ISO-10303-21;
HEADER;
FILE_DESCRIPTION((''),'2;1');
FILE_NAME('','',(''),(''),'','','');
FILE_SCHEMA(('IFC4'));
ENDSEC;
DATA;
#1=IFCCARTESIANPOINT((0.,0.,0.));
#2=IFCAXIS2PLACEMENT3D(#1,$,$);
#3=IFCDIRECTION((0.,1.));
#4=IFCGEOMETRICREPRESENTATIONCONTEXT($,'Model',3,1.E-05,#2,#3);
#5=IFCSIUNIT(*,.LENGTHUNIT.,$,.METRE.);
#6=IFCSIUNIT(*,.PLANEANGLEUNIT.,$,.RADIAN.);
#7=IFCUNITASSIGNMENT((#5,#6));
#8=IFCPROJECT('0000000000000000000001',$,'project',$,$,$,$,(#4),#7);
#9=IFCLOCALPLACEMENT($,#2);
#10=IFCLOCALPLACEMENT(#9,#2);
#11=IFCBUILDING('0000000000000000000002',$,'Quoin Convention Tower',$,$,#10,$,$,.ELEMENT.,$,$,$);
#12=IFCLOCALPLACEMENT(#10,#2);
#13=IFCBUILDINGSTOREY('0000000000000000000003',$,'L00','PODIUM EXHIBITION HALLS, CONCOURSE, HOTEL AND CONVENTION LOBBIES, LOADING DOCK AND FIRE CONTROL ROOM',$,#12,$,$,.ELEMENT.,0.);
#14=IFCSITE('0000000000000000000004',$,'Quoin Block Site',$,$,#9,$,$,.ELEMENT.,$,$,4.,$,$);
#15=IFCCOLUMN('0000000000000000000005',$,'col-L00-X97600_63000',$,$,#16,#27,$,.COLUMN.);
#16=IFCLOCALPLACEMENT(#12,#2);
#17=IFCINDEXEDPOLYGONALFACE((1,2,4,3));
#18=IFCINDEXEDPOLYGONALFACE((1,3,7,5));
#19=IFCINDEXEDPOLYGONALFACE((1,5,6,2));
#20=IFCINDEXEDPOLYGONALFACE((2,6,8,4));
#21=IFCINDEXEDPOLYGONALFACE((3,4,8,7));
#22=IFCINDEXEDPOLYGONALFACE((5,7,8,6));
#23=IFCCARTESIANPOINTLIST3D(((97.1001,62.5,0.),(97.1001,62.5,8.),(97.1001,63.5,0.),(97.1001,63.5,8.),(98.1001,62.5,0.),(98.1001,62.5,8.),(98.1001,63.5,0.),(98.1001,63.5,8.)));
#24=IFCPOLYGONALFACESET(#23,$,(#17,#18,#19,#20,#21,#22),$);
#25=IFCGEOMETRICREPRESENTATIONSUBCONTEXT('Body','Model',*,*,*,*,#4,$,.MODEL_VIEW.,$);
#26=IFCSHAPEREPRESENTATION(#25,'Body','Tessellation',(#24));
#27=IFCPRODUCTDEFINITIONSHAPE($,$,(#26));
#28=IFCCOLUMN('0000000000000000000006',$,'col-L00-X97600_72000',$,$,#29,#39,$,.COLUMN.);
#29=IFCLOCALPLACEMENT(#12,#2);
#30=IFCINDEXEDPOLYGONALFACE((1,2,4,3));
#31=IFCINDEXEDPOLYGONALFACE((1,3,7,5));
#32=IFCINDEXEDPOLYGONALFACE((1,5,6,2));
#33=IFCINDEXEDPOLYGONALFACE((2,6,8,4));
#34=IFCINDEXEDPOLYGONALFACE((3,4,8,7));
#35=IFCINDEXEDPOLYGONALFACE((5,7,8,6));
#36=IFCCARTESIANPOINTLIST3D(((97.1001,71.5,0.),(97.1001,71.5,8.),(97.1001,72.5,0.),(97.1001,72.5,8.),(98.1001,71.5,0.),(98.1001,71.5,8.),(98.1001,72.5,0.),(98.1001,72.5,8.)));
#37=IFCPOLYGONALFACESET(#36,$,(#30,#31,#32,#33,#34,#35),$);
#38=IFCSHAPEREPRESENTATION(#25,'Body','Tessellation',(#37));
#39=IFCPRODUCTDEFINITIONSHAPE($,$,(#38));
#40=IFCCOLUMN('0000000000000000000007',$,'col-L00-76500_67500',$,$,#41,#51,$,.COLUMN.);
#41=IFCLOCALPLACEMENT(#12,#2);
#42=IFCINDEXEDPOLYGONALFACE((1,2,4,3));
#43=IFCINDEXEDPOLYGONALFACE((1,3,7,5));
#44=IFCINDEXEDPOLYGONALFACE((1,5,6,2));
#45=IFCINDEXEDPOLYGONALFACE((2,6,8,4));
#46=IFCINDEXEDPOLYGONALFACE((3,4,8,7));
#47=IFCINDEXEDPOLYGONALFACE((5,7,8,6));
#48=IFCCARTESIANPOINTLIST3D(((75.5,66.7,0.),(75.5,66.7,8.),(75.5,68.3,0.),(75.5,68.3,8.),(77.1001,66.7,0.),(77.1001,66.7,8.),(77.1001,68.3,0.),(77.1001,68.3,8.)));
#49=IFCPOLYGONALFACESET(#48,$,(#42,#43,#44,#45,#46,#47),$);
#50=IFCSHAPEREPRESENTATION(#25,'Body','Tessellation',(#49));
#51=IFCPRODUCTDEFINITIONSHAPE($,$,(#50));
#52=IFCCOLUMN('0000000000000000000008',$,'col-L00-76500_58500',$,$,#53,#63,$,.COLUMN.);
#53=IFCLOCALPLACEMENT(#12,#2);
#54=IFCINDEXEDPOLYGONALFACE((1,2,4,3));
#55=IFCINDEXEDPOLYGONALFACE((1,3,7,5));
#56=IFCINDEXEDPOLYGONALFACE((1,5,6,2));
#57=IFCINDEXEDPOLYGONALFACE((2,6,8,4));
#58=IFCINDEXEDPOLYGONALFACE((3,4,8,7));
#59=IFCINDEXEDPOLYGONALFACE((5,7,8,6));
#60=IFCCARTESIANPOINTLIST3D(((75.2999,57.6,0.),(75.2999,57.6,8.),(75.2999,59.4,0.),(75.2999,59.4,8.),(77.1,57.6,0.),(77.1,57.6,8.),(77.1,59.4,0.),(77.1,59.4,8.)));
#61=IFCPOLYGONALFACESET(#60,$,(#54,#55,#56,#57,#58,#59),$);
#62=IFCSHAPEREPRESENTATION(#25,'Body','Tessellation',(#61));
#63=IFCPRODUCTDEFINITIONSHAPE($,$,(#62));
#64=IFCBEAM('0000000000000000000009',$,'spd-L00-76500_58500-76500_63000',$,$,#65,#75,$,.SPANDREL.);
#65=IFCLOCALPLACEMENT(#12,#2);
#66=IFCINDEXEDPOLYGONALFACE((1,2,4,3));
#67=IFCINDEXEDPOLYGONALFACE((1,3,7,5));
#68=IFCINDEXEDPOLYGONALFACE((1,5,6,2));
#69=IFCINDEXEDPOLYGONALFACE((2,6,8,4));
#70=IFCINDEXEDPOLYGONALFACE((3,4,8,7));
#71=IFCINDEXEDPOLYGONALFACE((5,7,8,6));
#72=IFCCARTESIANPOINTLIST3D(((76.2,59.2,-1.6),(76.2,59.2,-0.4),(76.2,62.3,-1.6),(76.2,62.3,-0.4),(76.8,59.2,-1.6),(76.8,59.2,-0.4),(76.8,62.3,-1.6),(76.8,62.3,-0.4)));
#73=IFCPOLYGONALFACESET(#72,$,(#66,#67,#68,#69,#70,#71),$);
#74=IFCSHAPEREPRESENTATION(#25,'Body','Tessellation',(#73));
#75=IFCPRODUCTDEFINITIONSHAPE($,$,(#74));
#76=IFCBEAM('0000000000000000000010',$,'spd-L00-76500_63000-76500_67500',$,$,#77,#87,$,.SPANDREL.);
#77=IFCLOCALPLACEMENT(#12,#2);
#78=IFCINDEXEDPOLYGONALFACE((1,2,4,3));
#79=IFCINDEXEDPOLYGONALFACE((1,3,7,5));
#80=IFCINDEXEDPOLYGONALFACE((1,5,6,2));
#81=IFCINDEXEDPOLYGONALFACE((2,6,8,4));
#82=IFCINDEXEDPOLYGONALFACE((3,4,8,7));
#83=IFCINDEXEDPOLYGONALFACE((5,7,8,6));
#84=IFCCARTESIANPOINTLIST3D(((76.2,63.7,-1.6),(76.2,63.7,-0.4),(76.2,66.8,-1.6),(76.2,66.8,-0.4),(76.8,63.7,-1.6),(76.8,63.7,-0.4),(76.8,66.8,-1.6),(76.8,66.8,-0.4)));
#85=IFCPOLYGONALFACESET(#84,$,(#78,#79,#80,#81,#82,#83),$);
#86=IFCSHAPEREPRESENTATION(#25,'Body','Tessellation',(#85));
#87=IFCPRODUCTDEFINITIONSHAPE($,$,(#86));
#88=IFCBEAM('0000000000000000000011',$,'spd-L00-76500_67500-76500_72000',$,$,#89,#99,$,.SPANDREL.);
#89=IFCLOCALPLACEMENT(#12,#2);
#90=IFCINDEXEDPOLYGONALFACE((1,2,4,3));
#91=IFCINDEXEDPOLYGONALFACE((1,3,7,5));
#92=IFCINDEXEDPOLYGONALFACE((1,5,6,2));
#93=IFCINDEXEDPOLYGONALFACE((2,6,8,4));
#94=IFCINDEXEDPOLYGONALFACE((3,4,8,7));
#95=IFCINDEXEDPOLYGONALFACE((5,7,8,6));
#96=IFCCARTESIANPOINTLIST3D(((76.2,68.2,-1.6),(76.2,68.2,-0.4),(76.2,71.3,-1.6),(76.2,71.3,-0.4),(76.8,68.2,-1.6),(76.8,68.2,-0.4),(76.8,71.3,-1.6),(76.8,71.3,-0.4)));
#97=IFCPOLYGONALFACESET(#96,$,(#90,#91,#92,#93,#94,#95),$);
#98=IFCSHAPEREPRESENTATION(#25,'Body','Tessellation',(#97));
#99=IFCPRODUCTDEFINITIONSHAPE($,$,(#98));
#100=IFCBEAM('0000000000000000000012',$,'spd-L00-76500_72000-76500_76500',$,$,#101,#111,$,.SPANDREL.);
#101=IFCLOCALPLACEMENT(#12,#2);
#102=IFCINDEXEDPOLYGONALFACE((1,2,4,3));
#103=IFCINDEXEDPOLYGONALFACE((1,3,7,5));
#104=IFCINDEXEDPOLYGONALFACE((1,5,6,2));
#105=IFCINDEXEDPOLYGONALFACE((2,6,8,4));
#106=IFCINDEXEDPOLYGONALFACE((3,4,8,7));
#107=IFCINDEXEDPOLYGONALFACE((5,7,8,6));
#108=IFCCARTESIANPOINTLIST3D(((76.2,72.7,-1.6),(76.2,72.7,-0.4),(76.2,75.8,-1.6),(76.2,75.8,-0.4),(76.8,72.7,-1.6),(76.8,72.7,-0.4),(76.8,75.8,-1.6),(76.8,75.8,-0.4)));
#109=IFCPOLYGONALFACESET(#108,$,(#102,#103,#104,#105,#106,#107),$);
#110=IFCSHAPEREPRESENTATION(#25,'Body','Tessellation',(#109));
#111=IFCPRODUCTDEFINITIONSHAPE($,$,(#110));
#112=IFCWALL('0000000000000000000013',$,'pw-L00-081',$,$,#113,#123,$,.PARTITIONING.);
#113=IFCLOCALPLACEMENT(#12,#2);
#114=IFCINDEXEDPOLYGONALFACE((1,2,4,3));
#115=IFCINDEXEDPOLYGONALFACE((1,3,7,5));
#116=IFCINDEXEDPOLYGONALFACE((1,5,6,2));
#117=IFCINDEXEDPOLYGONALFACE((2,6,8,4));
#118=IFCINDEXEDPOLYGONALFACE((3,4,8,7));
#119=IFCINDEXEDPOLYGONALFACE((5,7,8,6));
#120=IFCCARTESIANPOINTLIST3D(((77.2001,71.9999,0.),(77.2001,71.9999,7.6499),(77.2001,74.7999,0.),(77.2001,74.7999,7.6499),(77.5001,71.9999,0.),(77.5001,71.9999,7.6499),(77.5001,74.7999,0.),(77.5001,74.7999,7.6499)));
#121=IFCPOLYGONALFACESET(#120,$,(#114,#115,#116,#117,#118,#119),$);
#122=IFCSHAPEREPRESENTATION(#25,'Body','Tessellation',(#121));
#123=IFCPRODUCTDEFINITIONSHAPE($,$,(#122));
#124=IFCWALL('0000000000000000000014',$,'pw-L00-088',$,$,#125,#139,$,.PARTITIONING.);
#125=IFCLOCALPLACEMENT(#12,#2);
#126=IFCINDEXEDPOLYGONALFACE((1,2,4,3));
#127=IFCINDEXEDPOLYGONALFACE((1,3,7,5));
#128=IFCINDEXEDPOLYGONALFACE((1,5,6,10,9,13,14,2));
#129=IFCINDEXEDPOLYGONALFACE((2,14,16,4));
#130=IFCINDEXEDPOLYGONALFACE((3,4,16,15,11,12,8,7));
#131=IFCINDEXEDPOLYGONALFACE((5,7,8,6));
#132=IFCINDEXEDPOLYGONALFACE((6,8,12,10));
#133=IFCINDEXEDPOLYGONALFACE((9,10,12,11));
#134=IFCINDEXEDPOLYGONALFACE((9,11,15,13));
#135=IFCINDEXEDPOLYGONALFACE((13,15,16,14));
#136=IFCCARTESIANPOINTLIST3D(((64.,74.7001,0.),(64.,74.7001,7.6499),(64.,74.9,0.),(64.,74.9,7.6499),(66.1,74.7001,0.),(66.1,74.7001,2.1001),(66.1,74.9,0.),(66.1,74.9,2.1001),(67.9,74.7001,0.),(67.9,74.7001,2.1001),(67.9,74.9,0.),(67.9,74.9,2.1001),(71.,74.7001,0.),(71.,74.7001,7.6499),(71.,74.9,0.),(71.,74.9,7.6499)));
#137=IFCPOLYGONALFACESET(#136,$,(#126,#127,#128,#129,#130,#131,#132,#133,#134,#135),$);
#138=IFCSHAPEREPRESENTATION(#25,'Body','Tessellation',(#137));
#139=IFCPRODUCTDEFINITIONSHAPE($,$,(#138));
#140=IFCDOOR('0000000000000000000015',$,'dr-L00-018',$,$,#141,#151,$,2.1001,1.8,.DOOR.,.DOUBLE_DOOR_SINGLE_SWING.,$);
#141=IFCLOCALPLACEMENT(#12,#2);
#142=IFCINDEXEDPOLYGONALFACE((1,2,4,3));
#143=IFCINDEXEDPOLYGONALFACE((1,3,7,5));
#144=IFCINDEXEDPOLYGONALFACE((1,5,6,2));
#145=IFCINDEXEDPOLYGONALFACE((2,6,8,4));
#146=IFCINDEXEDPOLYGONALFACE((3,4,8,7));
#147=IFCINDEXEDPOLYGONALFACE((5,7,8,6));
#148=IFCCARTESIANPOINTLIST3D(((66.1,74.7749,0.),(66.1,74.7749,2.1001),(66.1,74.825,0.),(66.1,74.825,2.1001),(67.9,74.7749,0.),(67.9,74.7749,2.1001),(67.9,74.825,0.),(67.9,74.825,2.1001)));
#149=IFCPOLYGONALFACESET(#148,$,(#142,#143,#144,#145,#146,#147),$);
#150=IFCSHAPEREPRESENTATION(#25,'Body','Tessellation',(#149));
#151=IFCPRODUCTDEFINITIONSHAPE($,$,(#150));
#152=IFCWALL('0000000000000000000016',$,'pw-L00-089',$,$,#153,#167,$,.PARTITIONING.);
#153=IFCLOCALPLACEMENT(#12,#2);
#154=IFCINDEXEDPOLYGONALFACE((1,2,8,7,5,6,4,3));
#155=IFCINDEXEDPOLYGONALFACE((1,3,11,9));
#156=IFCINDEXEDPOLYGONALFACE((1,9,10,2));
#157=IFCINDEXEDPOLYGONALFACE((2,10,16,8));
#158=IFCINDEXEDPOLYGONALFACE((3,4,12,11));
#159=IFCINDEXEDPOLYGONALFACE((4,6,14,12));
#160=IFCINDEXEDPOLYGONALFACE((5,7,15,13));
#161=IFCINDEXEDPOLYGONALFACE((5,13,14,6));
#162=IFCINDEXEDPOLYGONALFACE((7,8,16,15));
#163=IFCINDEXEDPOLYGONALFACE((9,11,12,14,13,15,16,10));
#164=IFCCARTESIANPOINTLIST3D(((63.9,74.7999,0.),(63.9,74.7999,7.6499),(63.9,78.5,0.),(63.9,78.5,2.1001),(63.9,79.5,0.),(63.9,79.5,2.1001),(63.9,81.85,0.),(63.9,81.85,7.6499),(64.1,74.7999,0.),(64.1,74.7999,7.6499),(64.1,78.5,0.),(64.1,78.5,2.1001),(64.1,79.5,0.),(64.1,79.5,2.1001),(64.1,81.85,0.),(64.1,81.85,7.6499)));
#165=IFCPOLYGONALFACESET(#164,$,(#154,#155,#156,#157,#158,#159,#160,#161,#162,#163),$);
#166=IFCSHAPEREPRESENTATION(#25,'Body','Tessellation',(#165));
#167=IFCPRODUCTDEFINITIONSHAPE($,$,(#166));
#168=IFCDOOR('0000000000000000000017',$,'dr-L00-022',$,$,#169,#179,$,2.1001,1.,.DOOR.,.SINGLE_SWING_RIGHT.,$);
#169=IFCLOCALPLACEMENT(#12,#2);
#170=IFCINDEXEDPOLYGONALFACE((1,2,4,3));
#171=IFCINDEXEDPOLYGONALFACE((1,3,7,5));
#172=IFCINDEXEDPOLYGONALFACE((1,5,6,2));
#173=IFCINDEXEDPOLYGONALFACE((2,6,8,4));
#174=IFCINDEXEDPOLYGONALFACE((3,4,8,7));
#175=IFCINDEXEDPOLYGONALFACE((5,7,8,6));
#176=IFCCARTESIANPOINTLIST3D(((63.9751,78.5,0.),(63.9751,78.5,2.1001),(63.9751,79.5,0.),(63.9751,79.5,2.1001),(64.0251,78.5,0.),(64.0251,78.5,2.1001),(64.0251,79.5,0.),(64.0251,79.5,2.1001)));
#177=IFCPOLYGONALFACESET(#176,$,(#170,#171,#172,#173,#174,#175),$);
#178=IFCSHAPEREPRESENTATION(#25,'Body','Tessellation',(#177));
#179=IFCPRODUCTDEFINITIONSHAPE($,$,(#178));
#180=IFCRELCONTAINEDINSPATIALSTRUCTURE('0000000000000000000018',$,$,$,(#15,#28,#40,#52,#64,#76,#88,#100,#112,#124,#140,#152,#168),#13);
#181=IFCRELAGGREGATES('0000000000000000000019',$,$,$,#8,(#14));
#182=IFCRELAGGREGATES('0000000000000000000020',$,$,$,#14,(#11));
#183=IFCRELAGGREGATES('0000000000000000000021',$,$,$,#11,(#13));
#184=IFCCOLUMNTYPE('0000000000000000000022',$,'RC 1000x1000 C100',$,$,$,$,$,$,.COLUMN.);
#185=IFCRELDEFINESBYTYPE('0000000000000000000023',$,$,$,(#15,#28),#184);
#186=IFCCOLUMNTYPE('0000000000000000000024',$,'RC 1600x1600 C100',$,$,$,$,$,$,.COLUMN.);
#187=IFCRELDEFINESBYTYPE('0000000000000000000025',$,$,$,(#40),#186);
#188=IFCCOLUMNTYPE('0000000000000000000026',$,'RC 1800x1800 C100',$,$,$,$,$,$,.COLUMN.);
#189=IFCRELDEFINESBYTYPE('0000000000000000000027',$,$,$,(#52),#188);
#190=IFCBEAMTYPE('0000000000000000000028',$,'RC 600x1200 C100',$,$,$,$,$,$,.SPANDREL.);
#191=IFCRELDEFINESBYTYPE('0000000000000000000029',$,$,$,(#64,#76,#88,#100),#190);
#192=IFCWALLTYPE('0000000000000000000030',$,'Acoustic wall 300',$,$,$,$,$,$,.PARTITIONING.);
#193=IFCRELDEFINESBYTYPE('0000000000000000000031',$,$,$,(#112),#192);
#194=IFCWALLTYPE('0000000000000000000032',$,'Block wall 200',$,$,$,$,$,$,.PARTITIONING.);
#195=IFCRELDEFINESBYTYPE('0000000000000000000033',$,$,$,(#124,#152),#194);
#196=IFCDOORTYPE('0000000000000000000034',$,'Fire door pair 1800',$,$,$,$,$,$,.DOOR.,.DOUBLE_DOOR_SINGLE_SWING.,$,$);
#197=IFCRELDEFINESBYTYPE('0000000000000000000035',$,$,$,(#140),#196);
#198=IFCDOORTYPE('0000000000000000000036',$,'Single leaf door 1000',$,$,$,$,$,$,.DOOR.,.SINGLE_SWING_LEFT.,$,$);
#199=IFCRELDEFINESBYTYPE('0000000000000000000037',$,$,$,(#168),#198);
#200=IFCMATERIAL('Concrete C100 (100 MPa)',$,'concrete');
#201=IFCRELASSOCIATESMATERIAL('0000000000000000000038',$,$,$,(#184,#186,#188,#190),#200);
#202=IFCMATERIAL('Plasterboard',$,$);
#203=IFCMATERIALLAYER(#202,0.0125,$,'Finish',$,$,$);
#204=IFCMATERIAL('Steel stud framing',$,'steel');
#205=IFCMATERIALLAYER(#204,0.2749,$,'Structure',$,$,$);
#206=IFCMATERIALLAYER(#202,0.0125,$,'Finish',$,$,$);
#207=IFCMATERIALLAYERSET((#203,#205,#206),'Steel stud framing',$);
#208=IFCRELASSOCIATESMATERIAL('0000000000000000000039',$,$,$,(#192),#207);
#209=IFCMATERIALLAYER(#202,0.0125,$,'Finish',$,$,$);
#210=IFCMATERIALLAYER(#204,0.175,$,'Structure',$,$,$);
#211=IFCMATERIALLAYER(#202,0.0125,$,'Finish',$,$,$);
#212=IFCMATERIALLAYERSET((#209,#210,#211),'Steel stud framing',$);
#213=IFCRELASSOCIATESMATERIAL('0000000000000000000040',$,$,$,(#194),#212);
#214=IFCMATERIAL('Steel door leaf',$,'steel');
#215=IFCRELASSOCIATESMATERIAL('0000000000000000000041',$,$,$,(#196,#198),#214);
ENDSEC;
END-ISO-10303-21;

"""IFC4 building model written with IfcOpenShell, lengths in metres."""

from ifc_helpers import new_model, si_unit, direction, frame, frame_2d, origin, origin_2d, place, context, subcontext, project, spatial, rectangle, extrude, material, layer, layer_set, material_profile, profile_set, type_object, element, fill, save


model = new_model("IFC4")

# Units and contexts
model_context = context("Model", 3, precision=1e-05, world=origin(), true_north=direction((0.0, 1.0)))
body_context = subcontext(model_context, "Body", "Model", "MODEL_VIEW")
ifc_project = project(units=[si_unit("LENGTHUNIT", "METRE"), si_unit("PLANEANGLEUNIT", "RADIAN")], contexts=[model_context])

# Site, building, storey
site_placement = place(None, origin())
site = spatial("IfcSite", under=ifc_project, at=site_placement, Name="Quoin Block Site", CompositionType="ELEMENT", RefElevation=4.0)
building_placement = place(site_placement, origin())
building = spatial("IfcBuilding", under=site, at=building_placement, Name="Quoin Convention Tower", CompositionType="ELEMENT")
storey_placement = place(building_placement, origin())
storey = spatial("IfcBuildingStorey", under=building, at=storey_placement, Name="L00", Description="PODIUM EXHIBITION HALLS, CONCOURSE, HOTEL AND CONVENTION LOBBIES, LOADING DOCK AND FIRE CONTROL ROOM", CompositionType="ELEMENT", Elevation=0.0)

# Columns
ifc_material_1 = material(Name="Concrete C100 (100 MPa)", Category="concrete")
ifc_material_profile_1 = material_profile(ifc_material_1, rectangle(XDim=1.0, YDim=1.0, at=origin_2d()), Name="RC 1000x1000")
ifc_profile_set_1 = profile_set([ifc_material_profile_1], Name="Concrete C100 (100 MPa)")
column_type_1 = type_object("IfcColumnType", Name="RC 1000x1000 C100", PredefinedType="COLUMN", material=ifc_profile_set_1)
for number, where, z_axis, x_axis, name in (
    (1, (97.6001, 63.0, 0.0), (0.0, 0.0, 1.0), (1.0, 0.0, 0.0), "col-L00-X97600_63000"),
    (2, (97.6001, 72.0, 0.0), (0.0, 0.0, 1.0), (1.0, 0.0, 0.0), "col-L00-X97600_72000"),
):
    element("IfcColumn", number, at=place(storey_placement, frame(where, z_axis=z_axis, x_axis=x_axis)), inside=storey, type_object=column_type_1, Name=name, PredefinedType="COLUMN", context=body_context, shape_type="SweptSolid", body=[
        extrude(rectangle(XDim=1.0, YDim=1.0, at=origin_2d()), origin(), (0.0, 0.0, 1.0), 8.0),
    ])
ifc_material_profile_2 = material_profile(ifc_material_1, rectangle(XDim=1.6001, YDim=1.6001, at=origin_2d()), Name="RC 1600x1600")
ifc_profile_set_2 = profile_set([ifc_material_profile_2], Name="Concrete C100 (100 MPa)")
column_type_2 = type_object("IfcColumnType", Name="RC 1600x1600 C100", PredefinedType="COLUMN", material=ifc_profile_set_2)
column_1_placement = place(storey_placement, frame((76.3, 67.5, 0.0), z_axis=(0.0, 0.0, 1.0), x_axis=(1.0, 0.0, 0.0)))
element("IfcColumn", 3, at=column_1_placement, inside=storey, type_object=column_type_2, Name="col-L00-76500_67500", PredefinedType="COLUMN", context=body_context, shape_type="SweptSolid", body=[
    extrude(rectangle(XDim=1.6001, YDim=1.6001, at=origin_2d()), origin(), (0.0, 0.0, 1.0), 8.0),
])
ifc_material_profile_3 = material_profile(ifc_material_1, rectangle(XDim=1.8, YDim=1.8, at=origin_2d()), Name="RC 1800x1800")
ifc_profile_set_3 = profile_set([ifc_material_profile_3], Name="Concrete C100 (100 MPa)")
column_type_3 = type_object("IfcColumnType", Name="RC 1800x1800 C100", PredefinedType="COLUMN", material=ifc_profile_set_3)
column_2_placement = place(storey_placement, frame((76.2, 58.5, 0.0), z_axis=(0.0, 0.0, 1.0), x_axis=(1.0, 0.0, 0.0)))
element("IfcColumn", 4, at=column_2_placement, inside=storey, type_object=column_type_3, Name="col-L00-76500_58500", PredefinedType="COLUMN", context=body_context, shape_type="SweptSolid", body=[
    extrude(rectangle(XDim=1.8, YDim=1.8, at=origin_2d()), origin(), (0.0, 0.0, 1.0), 8.0),
])

# Beams
ifc_material_profile_4 = material_profile(ifc_material_1, rectangle(XDim=0.6001, YDim=1.2, at=origin_2d()), Name="RC 600x1200")
ifc_profile_set_4 = profile_set([ifc_material_profile_4], Name="Concrete C100 (100 MPa)")
beam_type = type_object("IfcBeamType", Name="RC 600x1200 C100", PredefinedType="SPANDREL", material=ifc_profile_set_4)
for number, where, z_axis, x_axis, name in (
    (5, (76.5, 59.2, -1.0), (0.0, 1.0, 0.0), (-1.0, 0.0, 0.0), "spd-L00-76500_58500-76500_63000"),
    (6, (76.5, 63.7, -1.0), (0.0, 1.0, 0.0), (-1.0, 0.0, 0.0), "spd-L00-76500_63000-76500_67500"),
    (7, (76.5, 68.2, -1.0), (0.0, 1.0, 0.0), (-1.0, 0.0, 0.0), "spd-L00-76500_67500-76500_72000"),
    (8, (76.5, 72.7, -1.0), (0.0, 1.0, 0.0), (-1.0, 0.0, 0.0), "spd-L00-76500_72000-76500_76500"),
):
    element("IfcBeam", number, at=place(storey_placement, frame(where, z_axis=z_axis, x_axis=x_axis)), inside=storey, type_object=beam_type, Name=name, PredefinedType="SPANDREL", context=body_context, shape_type="SweptSolid", body=[
        extrude(rectangle(XDim=0.6001, YDim=1.2, at=origin_2d()), origin(), (0.0, 0.0, 1.0), 3.1001),
    ])

# Wall
ifc_material_2 = material(Name="Plasterboard")
ifc_layer_1 = layer(ifc_material_2, 0.0125, Name="Finish")
ifc_material_3 = material(Name="Steel stud framing", Category="steel")
ifc_layer_2 = layer(ifc_material_3, 0.2749, Name="Structure")
ifc_layer_3 = layer(ifc_material_2, 0.0125, Name="Finish")
ifc_layer_set_1 = layer_set([ifc_layer_1, ifc_layer_2, ifc_layer_3], Name="Steel stud framing")
wall_type_1 = type_object("IfcWallType", Name="Acoustic wall 300", PredefinedType="PARTITIONING", material=ifc_layer_set_1)
wall_1_placement = place(storey_placement, frame((77.3501, 72.0, 0.0), z_axis=(0.0, 0.0, 1.0), x_axis=(0.0, 1.0, 0.0)))
element("IfcWall", 9, at=wall_1_placement, inside=storey, type_object=wall_type_1, Name="pw-L00-081", PredefinedType="PARTITIONING", context=body_context, shape_type="SweptSolid", body=[
    extrude(rectangle(XDim=2.8, YDim=0.3, at=frame_2d((1.3999, 0.0))), origin(), (0.0, 0.0, 1.0), 7.6499),
])

# Walls, openings, doors
ifc_layer_4 = layer(ifc_material_2, 0.0125, Name="Finish")
ifc_layer_5 = layer(ifc_material_3, 0.175, Name="Structure")
ifc_layer_6 = layer(ifc_material_2, 0.0125, Name="Finish")
ifc_layer_set_2 = layer_set([ifc_layer_4, ifc_layer_5, ifc_layer_6], Name="Steel stud framing")
wall_type_2 = type_object("IfcWallType", Name="Block wall 200", PredefinedType="PARTITIONING", material=ifc_layer_set_2)
wall_2_placement = place(storey_placement, frame((64.0, 74.8, 0.0), z_axis=(0.0, 0.0, 1.0), x_axis=(1.0, 0.0, 0.0)))
wall_2 = element("IfcWall", 10, at=wall_2_placement, inside=storey, type_object=wall_type_2, Name="pw-L00-088", PredefinedType="PARTITIONING", context=body_context, shape_type="SweptSolid", body=[
    extrude(rectangle(XDim=7.0, YDim=0.2, at=frame_2d((3.5, 0.0))), origin(), (0.0, 0.0, 1.0), 7.6499),
])
opening_1_placement = place(wall_2_placement, frame((2.1001, 0.0, 0.0)))
opening_1 = element("IfcOpeningElement", 11, at=opening_1_placement, cuts=wall_2, PredefinedType="OPENING", context=body_context, shape_type="SweptSolid", body=[
    extrude(rectangle(XDim=1.8, YDim=2.1001, at=frame_2d((0.8999, 1.05))), frame((0.0, 0.1099, 0.0), z_axis=(0.0, -1.0, 0.0), x_axis=(1.0, 0.0, 0.0)), (0.0, 0.0, 1.0), 0.22),
])
ifc_material_4 = material(Name="Steel door leaf", Category="steel")
door_type_1 = type_object("IfcDoorType", Name="Fire door pair 1800", OperationType="DOUBLE_DOOR_SINGLE_SWING", PredefinedType="DOOR", material=ifc_material_4)
door_1_placement = place(opening_1_placement, origin())
door_1 = element("IfcDoor", 12, at=door_1_placement, inside=storey, type_object=door_type_1, Name="dr-L00-018", OperationType="DOUBLE_DOOR_SINGLE_SWING", OverallHeight=2.1001, OverallWidth=1.8, PredefinedType="DOOR", context=body_context, shape_type="SweptSolid", body=[
    extrude(rectangle(XDim=1.8, YDim=2.1001, at=frame_2d((0.8999, 1.05))), frame((0.0, 0.0249, 0.0), z_axis=(0.0, -1.0, 0.0), x_axis=(1.0, 0.0, 0.0)), (0.0, 0.0, 1.0), 0.05),
])
fill(opening_1, door_1)
wall_3_placement = place(storey_placement, frame((64.0, 74.8, 0.0), z_axis=(0.0, 0.0, 1.0), x_axis=(0.0, 1.0, 0.0)))
wall_3 = element("IfcWall", 13, at=wall_3_placement, inside=storey, type_object=wall_type_2, Name="pw-L00-089", PredefinedType="PARTITIONING", context=body_context, shape_type="SweptSolid", body=[
    extrude(rectangle(XDim=7.05, YDim=0.2, at=frame_2d((3.5249, 0.0))), origin(), (0.0, 0.0, 1.0), 7.6499),
])
opening_2_placement = place(wall_3_placement, frame((3.7, 0.0, 0.0)))
opening_2 = element("IfcOpeningElement", 14, at=opening_2_placement, cuts=wall_3, PredefinedType="OPENING", context=body_context, shape_type="SweptSolid", body=[
    extrude(rectangle(XDim=1.0, YDim=2.1001, at=frame_2d((0.5, 1.05))), frame((0.0, 0.1099, 0.0), z_axis=(0.0, -1.0, 0.0), x_axis=(1.0, 0.0, 0.0)), (0.0, 0.0, 1.0), 0.22),
])
door_type_2 = type_object("IfcDoorType", Name="Single leaf door 1000", OperationType="SINGLE_SWING_LEFT", PredefinedType="DOOR", material=ifc_material_4)
door_2_placement = place(opening_2_placement, origin())
door_2 = element("IfcDoor", 15, at=door_2_placement, inside=storey, type_object=door_type_2, Name="dr-L00-022", OperationType="SINGLE_SWING_RIGHT", OverallHeight=2.1001, OverallWidth=1.0, PredefinedType="DOOR", context=body_context, shape_type="SweptSolid", body=[
    extrude(rectangle(XDim=1.0, YDim=2.1001, at=frame_2d((0.5, 1.05))), frame((0.0, 0.0249, 0.0), z_axis=(0.0, -1.0, 0.0), x_axis=(1.0, 0.0, 0.0)), (0.0, 0.0, 1.0), 0.05),
])
fill(opening_2, door_2)

save(model, "model.ifc")
